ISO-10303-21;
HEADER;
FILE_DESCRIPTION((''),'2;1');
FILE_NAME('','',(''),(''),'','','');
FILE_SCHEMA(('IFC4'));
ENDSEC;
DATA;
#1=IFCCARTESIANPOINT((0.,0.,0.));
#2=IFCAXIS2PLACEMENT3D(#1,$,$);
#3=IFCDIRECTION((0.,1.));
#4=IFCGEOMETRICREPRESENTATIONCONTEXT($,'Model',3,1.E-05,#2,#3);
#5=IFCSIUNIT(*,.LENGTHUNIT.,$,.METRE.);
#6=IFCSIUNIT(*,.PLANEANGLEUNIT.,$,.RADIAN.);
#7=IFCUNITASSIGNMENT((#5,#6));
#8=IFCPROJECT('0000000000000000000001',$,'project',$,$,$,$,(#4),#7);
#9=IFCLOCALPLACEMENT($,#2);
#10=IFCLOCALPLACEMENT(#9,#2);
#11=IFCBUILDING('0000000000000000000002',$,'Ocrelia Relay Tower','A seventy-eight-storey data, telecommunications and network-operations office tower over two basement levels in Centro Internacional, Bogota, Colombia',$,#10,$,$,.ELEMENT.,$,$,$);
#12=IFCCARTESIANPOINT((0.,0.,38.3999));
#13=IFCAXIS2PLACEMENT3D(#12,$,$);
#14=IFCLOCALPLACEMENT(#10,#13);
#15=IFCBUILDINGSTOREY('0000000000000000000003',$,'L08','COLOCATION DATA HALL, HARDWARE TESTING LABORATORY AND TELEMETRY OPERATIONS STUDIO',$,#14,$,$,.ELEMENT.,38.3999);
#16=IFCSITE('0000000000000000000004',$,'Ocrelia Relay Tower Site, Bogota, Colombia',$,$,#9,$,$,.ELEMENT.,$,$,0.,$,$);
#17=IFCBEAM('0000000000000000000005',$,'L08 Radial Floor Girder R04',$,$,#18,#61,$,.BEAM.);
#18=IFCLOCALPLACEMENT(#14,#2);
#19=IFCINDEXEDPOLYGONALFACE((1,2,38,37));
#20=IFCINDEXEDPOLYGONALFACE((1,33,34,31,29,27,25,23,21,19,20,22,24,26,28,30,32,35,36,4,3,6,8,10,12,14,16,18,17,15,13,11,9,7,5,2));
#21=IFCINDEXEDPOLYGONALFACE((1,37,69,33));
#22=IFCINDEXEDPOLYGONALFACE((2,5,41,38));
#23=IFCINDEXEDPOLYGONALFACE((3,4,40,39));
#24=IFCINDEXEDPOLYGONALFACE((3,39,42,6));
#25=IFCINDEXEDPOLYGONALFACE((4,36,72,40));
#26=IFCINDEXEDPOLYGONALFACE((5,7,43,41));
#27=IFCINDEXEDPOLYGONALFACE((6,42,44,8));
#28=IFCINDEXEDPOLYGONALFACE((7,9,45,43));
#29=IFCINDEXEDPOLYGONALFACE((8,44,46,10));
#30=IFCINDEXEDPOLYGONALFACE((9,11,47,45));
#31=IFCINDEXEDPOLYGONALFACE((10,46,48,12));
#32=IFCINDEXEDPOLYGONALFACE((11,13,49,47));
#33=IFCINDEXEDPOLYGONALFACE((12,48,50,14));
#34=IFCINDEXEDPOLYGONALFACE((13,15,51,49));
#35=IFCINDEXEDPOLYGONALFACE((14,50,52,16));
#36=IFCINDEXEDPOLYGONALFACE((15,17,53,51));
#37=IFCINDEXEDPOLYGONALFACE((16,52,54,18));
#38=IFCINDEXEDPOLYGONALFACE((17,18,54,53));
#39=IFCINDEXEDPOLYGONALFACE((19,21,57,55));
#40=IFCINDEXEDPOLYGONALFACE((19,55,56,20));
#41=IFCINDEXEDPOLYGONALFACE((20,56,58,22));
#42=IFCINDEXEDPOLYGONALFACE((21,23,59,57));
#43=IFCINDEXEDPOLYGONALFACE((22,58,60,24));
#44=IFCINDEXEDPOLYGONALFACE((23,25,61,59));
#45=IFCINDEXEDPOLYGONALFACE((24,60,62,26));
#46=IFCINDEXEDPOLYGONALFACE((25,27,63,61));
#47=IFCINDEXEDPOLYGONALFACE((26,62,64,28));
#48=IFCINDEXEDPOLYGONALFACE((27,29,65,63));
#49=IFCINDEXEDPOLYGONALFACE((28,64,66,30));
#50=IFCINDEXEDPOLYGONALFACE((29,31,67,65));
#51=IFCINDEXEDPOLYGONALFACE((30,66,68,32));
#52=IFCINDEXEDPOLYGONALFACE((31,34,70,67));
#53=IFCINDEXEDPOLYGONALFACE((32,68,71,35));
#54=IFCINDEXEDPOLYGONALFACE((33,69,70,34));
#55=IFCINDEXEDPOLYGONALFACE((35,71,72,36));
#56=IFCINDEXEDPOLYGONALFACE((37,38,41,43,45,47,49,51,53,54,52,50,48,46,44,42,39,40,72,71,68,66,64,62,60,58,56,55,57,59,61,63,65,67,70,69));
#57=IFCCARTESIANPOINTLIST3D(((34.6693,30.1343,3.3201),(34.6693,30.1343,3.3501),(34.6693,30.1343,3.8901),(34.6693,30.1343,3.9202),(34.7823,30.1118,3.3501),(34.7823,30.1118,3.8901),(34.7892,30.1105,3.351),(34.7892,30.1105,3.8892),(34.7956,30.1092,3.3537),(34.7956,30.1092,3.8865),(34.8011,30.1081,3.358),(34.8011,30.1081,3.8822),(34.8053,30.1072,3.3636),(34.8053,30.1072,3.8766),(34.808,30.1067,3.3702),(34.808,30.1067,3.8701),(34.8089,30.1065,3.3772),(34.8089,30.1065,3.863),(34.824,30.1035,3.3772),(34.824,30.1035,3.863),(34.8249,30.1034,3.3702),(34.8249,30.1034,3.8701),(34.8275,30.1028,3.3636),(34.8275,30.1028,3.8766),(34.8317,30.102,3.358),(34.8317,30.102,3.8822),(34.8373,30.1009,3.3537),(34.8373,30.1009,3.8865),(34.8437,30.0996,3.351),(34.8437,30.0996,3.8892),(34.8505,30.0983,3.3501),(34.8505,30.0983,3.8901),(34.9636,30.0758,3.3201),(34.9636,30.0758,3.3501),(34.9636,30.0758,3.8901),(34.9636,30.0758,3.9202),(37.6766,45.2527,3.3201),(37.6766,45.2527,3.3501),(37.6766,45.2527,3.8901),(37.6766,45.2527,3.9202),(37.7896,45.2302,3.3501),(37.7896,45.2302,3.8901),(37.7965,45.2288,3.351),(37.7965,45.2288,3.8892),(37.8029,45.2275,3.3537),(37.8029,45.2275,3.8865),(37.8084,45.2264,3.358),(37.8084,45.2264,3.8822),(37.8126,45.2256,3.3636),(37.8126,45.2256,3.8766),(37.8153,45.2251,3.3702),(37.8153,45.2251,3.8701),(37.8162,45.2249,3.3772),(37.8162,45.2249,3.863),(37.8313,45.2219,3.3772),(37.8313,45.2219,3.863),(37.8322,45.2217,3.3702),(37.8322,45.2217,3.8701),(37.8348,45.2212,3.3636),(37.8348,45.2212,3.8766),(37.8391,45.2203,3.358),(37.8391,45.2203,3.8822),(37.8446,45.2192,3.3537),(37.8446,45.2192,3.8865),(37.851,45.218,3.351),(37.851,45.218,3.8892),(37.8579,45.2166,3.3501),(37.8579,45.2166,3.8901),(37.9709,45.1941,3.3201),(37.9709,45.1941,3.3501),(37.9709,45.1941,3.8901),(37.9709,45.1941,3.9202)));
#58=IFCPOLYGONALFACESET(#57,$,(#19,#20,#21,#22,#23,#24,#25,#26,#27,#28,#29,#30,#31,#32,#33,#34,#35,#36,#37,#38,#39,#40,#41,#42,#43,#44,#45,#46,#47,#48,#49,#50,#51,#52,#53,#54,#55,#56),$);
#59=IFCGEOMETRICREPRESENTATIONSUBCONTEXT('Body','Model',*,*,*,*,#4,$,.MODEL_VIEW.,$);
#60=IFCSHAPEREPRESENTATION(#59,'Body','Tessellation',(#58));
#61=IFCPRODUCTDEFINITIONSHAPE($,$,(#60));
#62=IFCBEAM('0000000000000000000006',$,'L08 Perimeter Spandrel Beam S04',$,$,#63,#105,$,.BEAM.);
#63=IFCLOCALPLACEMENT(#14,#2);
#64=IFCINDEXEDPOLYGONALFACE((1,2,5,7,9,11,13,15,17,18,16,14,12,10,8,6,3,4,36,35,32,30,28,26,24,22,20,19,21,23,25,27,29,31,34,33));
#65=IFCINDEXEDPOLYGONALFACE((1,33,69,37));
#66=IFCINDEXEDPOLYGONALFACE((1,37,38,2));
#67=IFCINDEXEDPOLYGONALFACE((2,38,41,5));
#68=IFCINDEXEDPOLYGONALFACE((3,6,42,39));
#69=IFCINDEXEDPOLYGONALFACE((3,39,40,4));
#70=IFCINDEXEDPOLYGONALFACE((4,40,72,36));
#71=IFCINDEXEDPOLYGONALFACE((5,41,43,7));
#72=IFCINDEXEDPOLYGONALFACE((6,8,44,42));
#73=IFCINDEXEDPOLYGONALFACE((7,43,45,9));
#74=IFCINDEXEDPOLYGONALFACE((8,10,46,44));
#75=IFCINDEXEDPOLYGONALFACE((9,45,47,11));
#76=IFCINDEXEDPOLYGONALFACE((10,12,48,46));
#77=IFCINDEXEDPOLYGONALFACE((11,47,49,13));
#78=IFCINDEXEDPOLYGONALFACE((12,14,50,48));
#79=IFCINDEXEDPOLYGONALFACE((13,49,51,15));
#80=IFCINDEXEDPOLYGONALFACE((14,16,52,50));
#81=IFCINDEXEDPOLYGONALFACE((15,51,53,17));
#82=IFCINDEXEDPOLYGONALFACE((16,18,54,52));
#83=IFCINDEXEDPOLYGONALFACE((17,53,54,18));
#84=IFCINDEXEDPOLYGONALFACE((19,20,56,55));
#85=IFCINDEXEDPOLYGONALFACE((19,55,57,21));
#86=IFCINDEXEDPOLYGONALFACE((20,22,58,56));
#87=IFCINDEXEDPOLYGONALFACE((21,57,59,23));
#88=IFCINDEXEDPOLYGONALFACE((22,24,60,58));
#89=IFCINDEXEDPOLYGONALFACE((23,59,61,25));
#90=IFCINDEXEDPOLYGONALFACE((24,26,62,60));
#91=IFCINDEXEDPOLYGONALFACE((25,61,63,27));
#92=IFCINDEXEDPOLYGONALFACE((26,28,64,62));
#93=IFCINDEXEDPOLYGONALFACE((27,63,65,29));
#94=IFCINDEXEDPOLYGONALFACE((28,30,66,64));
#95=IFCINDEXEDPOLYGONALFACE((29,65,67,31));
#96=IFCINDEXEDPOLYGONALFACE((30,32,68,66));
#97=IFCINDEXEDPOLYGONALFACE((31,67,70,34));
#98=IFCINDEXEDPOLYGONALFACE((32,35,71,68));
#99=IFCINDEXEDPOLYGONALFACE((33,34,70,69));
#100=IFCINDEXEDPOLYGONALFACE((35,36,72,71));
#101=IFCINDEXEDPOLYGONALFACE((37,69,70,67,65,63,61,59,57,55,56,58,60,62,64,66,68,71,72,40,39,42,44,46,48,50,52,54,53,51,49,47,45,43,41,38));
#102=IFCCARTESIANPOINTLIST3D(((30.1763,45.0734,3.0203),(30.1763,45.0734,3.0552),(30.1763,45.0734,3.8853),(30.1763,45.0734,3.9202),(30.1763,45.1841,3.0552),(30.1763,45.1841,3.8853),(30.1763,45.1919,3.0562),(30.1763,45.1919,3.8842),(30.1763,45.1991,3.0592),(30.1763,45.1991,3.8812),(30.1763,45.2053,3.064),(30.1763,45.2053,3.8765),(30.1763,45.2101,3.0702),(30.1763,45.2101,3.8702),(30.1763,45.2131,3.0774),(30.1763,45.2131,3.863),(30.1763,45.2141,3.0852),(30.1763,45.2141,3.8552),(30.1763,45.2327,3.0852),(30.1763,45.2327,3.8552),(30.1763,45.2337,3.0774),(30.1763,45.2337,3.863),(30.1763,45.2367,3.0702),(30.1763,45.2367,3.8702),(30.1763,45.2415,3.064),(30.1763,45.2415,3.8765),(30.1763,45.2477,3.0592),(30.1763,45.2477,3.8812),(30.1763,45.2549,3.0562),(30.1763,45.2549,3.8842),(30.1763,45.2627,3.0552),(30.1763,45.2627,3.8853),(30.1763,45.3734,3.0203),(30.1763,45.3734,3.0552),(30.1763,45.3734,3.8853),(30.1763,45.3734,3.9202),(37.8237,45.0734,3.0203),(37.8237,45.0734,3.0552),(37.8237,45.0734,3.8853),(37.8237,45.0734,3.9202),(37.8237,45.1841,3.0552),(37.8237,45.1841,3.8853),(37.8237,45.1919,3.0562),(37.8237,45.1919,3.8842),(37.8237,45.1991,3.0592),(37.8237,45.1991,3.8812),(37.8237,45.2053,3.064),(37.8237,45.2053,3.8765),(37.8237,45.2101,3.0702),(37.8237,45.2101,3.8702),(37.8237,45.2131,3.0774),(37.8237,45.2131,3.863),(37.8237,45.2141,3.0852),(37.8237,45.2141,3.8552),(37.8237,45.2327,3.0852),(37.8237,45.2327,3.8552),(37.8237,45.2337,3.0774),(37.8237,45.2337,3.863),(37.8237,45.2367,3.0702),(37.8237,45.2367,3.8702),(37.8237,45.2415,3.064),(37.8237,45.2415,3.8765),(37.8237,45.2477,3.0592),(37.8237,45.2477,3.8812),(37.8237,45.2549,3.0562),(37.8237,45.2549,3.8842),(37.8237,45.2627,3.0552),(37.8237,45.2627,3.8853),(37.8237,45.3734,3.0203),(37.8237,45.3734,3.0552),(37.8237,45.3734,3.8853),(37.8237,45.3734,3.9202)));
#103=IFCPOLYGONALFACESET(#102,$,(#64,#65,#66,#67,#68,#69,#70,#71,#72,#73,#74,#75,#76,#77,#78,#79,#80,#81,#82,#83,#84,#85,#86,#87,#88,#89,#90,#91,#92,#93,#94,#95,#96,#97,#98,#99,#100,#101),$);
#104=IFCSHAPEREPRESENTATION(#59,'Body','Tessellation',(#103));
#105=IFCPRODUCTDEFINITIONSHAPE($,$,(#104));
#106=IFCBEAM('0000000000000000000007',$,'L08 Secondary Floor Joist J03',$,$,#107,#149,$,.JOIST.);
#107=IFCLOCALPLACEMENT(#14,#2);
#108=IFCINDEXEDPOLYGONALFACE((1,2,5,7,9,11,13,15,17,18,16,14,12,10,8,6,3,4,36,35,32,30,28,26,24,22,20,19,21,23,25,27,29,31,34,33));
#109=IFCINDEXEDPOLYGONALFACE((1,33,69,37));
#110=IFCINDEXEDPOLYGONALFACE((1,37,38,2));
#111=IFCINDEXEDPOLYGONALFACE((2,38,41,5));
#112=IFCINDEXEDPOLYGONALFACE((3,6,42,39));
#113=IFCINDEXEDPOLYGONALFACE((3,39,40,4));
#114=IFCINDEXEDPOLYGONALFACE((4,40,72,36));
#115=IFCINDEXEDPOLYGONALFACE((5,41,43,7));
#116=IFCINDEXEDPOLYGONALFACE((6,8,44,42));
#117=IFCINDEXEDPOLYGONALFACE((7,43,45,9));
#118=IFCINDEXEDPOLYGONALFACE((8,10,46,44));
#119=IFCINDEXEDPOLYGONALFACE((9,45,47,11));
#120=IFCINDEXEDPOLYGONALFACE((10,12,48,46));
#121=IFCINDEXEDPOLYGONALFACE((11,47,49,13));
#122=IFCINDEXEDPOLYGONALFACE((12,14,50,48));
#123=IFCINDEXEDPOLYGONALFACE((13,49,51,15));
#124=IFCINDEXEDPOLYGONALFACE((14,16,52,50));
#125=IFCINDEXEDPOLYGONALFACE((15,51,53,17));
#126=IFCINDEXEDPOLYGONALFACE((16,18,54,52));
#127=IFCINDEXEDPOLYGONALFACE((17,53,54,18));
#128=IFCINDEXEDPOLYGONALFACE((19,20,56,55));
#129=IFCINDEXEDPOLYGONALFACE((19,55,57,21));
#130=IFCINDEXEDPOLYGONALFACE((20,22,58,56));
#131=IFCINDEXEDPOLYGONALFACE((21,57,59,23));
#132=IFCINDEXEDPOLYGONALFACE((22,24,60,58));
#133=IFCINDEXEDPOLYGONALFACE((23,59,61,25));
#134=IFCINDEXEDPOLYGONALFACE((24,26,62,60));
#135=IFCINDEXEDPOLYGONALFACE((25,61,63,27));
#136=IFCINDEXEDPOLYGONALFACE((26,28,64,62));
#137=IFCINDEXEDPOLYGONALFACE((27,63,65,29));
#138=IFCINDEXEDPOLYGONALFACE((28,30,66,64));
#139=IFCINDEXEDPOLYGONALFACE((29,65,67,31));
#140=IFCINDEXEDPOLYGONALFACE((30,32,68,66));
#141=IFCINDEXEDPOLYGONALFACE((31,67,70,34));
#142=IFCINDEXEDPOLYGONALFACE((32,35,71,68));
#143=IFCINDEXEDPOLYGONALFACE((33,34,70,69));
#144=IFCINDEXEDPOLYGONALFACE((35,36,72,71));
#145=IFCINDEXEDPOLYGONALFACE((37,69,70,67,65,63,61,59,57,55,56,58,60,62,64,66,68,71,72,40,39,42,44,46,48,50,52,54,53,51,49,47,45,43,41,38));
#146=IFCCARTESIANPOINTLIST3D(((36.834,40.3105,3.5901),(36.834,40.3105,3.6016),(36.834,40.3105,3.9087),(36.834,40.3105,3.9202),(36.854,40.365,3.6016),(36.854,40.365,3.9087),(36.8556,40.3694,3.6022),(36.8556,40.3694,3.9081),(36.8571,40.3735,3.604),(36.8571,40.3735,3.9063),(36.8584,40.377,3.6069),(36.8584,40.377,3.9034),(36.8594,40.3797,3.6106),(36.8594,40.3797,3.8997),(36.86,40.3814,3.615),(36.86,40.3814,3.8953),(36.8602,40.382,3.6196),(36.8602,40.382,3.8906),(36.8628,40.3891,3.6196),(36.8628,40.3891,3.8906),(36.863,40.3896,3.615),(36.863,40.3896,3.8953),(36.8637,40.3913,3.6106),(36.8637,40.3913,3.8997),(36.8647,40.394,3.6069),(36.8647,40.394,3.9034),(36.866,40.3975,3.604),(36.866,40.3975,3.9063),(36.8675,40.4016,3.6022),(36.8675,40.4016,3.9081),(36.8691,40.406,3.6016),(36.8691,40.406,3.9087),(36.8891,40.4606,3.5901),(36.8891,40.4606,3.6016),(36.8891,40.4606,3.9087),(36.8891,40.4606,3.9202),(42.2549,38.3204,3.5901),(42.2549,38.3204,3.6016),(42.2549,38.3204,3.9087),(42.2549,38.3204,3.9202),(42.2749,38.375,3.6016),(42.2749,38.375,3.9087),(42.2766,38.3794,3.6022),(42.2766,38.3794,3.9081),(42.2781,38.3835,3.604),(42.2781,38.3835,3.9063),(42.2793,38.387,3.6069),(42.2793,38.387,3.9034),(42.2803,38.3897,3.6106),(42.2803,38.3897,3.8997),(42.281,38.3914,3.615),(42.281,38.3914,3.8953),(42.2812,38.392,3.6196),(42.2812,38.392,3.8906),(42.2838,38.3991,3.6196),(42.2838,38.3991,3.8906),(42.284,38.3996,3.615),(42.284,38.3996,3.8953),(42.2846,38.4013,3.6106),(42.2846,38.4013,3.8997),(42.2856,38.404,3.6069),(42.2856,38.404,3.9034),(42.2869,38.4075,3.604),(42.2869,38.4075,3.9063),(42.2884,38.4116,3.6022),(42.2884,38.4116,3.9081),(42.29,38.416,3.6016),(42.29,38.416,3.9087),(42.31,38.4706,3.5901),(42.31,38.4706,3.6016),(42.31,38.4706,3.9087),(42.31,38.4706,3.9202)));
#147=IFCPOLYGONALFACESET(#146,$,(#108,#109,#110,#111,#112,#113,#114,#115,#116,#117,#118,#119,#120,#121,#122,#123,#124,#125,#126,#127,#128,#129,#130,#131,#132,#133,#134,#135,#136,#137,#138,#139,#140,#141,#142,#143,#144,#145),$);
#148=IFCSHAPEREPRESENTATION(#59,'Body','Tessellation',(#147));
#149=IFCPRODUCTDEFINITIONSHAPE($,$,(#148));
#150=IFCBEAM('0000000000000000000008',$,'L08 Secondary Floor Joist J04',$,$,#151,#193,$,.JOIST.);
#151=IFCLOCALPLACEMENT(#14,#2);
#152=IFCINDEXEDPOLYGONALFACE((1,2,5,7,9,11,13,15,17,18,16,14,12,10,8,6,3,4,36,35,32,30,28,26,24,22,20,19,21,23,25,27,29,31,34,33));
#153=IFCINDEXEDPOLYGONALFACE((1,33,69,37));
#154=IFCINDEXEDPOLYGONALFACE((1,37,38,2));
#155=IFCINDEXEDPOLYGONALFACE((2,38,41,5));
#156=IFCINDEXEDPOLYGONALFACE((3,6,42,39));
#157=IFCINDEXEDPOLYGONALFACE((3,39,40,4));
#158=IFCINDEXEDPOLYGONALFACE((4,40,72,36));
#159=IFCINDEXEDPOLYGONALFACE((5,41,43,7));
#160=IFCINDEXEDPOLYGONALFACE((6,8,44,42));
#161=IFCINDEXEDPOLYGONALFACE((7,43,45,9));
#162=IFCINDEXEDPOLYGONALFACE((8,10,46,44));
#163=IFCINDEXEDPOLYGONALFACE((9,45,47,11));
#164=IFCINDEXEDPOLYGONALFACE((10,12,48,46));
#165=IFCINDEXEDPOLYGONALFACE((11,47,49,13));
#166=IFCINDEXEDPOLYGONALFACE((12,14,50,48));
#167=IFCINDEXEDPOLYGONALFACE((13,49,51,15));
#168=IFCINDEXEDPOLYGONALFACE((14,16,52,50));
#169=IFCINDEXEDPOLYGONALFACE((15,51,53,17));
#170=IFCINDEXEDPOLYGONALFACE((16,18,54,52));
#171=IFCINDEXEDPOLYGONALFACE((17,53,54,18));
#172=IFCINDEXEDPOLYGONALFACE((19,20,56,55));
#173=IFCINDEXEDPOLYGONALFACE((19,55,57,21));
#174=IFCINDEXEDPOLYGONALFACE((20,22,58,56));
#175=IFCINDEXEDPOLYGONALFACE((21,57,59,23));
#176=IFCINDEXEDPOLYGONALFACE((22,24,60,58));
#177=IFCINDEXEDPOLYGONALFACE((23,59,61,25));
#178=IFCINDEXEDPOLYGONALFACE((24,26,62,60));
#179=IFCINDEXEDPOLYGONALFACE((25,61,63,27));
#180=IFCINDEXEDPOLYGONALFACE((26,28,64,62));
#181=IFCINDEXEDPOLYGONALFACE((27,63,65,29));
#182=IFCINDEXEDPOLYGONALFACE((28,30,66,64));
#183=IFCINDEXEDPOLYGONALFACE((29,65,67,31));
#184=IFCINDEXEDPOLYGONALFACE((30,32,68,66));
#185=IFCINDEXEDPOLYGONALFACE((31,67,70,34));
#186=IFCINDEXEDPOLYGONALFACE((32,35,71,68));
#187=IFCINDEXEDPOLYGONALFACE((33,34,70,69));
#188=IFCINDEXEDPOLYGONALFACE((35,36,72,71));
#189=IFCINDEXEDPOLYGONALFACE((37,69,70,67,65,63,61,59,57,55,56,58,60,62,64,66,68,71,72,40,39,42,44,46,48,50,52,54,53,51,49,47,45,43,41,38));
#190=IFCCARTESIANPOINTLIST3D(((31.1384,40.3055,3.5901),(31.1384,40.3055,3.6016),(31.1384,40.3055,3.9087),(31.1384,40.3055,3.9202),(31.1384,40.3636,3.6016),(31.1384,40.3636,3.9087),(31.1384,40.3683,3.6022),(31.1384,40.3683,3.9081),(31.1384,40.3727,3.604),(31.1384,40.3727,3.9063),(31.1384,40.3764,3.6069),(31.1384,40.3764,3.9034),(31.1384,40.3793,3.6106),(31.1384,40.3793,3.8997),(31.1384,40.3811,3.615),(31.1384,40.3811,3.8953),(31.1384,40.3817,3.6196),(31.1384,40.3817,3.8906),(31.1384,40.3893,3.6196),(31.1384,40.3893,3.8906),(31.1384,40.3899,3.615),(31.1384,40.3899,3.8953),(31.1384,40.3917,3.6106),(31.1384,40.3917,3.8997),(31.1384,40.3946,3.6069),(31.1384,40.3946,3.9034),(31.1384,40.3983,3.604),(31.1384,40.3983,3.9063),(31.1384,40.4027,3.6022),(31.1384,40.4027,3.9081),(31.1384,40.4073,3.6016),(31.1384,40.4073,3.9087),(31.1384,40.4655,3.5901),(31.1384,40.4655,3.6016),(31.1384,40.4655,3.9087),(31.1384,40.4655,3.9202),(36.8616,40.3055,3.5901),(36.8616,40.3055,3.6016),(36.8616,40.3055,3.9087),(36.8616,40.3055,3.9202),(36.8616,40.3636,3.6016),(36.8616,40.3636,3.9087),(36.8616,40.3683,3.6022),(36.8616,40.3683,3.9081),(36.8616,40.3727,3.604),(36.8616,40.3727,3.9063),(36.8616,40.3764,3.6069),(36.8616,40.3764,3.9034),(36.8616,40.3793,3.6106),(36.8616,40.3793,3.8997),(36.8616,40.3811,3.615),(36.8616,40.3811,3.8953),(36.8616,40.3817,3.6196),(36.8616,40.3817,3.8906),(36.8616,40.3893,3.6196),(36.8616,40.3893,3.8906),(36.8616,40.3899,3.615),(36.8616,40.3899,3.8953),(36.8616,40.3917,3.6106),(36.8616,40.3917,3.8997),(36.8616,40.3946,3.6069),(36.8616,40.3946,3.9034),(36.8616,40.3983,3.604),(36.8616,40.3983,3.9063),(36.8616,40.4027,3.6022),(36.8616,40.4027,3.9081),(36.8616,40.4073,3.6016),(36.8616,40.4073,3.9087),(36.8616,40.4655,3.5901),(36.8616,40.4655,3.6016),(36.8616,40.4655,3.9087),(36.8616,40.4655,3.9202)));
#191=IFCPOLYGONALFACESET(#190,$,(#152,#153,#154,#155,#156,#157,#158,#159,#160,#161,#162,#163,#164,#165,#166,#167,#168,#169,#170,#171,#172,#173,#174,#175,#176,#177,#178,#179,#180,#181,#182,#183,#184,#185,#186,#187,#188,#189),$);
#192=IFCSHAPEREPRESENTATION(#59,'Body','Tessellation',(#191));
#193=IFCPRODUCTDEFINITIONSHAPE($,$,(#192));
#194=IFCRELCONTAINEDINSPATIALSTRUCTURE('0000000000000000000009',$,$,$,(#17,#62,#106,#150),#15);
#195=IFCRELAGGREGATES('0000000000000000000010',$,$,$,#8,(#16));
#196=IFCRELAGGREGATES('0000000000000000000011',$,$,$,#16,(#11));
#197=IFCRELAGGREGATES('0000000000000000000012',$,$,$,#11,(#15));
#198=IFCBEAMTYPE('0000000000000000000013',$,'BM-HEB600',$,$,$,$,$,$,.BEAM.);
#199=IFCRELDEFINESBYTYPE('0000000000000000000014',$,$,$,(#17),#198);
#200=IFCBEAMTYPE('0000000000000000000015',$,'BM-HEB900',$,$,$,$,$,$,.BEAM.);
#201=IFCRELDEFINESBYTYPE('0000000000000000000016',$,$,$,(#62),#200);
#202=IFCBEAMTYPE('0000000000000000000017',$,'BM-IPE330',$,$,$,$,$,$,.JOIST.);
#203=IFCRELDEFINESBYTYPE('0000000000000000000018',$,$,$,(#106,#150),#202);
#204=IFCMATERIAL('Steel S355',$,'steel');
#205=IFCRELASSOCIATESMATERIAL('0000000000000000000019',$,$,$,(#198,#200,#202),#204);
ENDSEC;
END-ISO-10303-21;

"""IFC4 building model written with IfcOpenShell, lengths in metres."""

from ifc_helpers import new_model, si_unit, direction, frame, origin, origin_2d, place, context, subcontext, project, spatial, i_section, extrude, material, material_profile, profile_set, type_object, element, save


model = new_model("IFC4")

# Units and contexts
model_context = context("Model", 3, precision=1e-05, world=origin(), true_north=direction((0.0, 1.0)))
body_context = subcontext(model_context, "Body", "Model", "MODEL_VIEW")
ifc_project = project(units=[si_unit("LENGTHUNIT", "METRE"), si_unit("PLANEANGLEUNIT", "RADIAN")], contexts=[model_context])

# Site, building, storey
site_placement = place(None, origin())
site = spatial("IfcSite", under=ifc_project, at=site_placement, Name="Ocrelia Relay Tower Site, Bogota, Colombia", CompositionType="ELEMENT", RefElevation=0.0)
building_placement = place(site_placement, origin())
building = spatial("IfcBuilding", under=site, at=building_placement, Name="Ocrelia Relay Tower", Description="A seventy-eight-storey data, telecommunications and network-operations office tower over two basement levels in Centro Internacional, Bogota, Colombia", CompositionType="ELEMENT")
storey_placement = place(building_placement, frame((0.0, 0.0, 38.3999)))
storey = spatial("IfcBuildingStorey", under=building, at=storey_placement, Name="L08", Description="COLOCATION DATA HALL, HARDWARE TESTING LABORATORY AND TELEMETRY OPERATIONS STUDIO", CompositionType="ELEMENT", Elevation=38.3999)

# Beams
ifc_material_1 = material(Name="Steel S355", Category="steel")
ifc_material_profile_1 = material_profile(ifc_material_1, i_section(OverallWidth=0.3, OverallDepth=0.6001, WebThickness=0.0154, FlangeThickness=0.03, FilletRadius=0.0271, at=origin_2d()), Name="HEB 600")
ifc_profile_set_1 = profile_set([ifc_material_profile_1], Name="Steel S355")
beam_type_1 = type_object("IfcBeamType", Name="BM-HEB600", PredefinedType="BEAM", material=ifc_profile_set_1)
beam_1_placement = place(storey_placement, frame((37.8237, 45.2234, 3.6201), z_axis=(-0.195096, -0.980784, 0.0), x_axis=(0.980784, -0.195096, 0.0)))
element("IfcBeam", 1, at=beam_1_placement, inside=storey, type_object=beam_type_1, Name="L08 Radial Floor Girder R04", PredefinedType="BEAM", context=body_context, shape_type="SweptSolid", body=[
    extrude(i_section(OverallWidth=0.3, OverallDepth=0.6001, WebThickness=0.0154, FlangeThickness=0.03, FilletRadius=0.0271, at=origin_2d()), origin(), (0.0, 0.0, 1.0), 15.4146),
])
ifc_material_profile_2 = material_profile(ifc_material_1, i_section(OverallWidth=0.3, OverallDepth=0.8999, WebThickness=0.0186, FlangeThickness=0.0349, FilletRadius=0.03, at=origin_2d()), Name="HEB 900")
ifc_profile_set_2 = profile_set([ifc_material_profile_2], Name="Steel S355")
beam_type_2 = type_object("IfcBeamType", Name="BM-HEB900", PredefinedType="BEAM", material=ifc_profile_set_2)
beam_2_placement = place(storey_placement, frame((37.8237, 45.2234, 3.4702), z_axis=(-1.0, 0.0, 0.0), x_axis=(0.0, -1.0, 0.0)))
element("IfcBeam", 2, at=beam_2_placement, inside=storey, type_object=beam_type_2, Name="L08 Perimeter Spandrel Beam S04", PredefinedType="BEAM", context=body_context, shape_type="SweptSolid", body=[
    extrude(i_section(OverallWidth=0.3, OverallDepth=0.8999, WebThickness=0.0186, FlangeThickness=0.0349, FilletRadius=0.03, at=origin_2d()), origin(), (0.0, 0.0, 1.0), 7.6475),
])
ifc_material_profile_3 = material_profile(ifc_material_1, i_section(OverallWidth=0.1599, OverallDepth=0.3301, WebThickness=0.0076, FlangeThickness=0.0115, FilletRadius=0.0181, at=origin_2d()), Name="IPE 330")
ifc_profile_set_3 = profile_set([ifc_material_profile_3], Name="Steel S355")
beam_type_3 = type_object("IfcBeamType", Name="BM-IPE330", PredefinedType="JOIST", material=ifc_profile_set_3)
beam_3_placement = place(storey_placement, frame((42.2825, 38.3955, 3.7551), z_axis=(-0.938746, 0.34461, 0.0), x_axis=(-0.34461, -0.938746, 0.0)))
element("IfcBeam", 3, at=beam_3_placement, inside=storey, type_object=beam_type_3, Name="L08 Secondary Floor Joist J03", PredefinedType="JOIST", context=body_context, shape_type="SweptSolid", body=[
    extrude(i_section(OverallWidth=0.1599, OverallDepth=0.3301, WebThickness=0.0076, FlangeThickness=0.0115, FilletRadius=0.0181, at=origin_2d()), origin(), (0.0, 0.0, 1.0), 5.7747),
])
beam_4_placement = place(storey_placement, frame((36.8616, 40.3855, 3.7551), z_axis=(-1.0, 0.0, 0.0), x_axis=(0.0, -1.0, 0.0)))
element("IfcBeam", 4, at=beam_4_placement, inside=storey, type_object=beam_type_3, Name="L08 Secondary Floor Joist J04", PredefinedType="JOIST", context=body_context, shape_type="SweptSolid", body=[
    extrude(i_section(OverallWidth=0.1599, OverallDepth=0.3301, WebThickness=0.0076, FlangeThickness=0.0115, FilletRadius=0.0181, at=origin_2d()), origin(), (0.0, 0.0, 1.0), 5.7231),
])

save(model, "model.ifc")
